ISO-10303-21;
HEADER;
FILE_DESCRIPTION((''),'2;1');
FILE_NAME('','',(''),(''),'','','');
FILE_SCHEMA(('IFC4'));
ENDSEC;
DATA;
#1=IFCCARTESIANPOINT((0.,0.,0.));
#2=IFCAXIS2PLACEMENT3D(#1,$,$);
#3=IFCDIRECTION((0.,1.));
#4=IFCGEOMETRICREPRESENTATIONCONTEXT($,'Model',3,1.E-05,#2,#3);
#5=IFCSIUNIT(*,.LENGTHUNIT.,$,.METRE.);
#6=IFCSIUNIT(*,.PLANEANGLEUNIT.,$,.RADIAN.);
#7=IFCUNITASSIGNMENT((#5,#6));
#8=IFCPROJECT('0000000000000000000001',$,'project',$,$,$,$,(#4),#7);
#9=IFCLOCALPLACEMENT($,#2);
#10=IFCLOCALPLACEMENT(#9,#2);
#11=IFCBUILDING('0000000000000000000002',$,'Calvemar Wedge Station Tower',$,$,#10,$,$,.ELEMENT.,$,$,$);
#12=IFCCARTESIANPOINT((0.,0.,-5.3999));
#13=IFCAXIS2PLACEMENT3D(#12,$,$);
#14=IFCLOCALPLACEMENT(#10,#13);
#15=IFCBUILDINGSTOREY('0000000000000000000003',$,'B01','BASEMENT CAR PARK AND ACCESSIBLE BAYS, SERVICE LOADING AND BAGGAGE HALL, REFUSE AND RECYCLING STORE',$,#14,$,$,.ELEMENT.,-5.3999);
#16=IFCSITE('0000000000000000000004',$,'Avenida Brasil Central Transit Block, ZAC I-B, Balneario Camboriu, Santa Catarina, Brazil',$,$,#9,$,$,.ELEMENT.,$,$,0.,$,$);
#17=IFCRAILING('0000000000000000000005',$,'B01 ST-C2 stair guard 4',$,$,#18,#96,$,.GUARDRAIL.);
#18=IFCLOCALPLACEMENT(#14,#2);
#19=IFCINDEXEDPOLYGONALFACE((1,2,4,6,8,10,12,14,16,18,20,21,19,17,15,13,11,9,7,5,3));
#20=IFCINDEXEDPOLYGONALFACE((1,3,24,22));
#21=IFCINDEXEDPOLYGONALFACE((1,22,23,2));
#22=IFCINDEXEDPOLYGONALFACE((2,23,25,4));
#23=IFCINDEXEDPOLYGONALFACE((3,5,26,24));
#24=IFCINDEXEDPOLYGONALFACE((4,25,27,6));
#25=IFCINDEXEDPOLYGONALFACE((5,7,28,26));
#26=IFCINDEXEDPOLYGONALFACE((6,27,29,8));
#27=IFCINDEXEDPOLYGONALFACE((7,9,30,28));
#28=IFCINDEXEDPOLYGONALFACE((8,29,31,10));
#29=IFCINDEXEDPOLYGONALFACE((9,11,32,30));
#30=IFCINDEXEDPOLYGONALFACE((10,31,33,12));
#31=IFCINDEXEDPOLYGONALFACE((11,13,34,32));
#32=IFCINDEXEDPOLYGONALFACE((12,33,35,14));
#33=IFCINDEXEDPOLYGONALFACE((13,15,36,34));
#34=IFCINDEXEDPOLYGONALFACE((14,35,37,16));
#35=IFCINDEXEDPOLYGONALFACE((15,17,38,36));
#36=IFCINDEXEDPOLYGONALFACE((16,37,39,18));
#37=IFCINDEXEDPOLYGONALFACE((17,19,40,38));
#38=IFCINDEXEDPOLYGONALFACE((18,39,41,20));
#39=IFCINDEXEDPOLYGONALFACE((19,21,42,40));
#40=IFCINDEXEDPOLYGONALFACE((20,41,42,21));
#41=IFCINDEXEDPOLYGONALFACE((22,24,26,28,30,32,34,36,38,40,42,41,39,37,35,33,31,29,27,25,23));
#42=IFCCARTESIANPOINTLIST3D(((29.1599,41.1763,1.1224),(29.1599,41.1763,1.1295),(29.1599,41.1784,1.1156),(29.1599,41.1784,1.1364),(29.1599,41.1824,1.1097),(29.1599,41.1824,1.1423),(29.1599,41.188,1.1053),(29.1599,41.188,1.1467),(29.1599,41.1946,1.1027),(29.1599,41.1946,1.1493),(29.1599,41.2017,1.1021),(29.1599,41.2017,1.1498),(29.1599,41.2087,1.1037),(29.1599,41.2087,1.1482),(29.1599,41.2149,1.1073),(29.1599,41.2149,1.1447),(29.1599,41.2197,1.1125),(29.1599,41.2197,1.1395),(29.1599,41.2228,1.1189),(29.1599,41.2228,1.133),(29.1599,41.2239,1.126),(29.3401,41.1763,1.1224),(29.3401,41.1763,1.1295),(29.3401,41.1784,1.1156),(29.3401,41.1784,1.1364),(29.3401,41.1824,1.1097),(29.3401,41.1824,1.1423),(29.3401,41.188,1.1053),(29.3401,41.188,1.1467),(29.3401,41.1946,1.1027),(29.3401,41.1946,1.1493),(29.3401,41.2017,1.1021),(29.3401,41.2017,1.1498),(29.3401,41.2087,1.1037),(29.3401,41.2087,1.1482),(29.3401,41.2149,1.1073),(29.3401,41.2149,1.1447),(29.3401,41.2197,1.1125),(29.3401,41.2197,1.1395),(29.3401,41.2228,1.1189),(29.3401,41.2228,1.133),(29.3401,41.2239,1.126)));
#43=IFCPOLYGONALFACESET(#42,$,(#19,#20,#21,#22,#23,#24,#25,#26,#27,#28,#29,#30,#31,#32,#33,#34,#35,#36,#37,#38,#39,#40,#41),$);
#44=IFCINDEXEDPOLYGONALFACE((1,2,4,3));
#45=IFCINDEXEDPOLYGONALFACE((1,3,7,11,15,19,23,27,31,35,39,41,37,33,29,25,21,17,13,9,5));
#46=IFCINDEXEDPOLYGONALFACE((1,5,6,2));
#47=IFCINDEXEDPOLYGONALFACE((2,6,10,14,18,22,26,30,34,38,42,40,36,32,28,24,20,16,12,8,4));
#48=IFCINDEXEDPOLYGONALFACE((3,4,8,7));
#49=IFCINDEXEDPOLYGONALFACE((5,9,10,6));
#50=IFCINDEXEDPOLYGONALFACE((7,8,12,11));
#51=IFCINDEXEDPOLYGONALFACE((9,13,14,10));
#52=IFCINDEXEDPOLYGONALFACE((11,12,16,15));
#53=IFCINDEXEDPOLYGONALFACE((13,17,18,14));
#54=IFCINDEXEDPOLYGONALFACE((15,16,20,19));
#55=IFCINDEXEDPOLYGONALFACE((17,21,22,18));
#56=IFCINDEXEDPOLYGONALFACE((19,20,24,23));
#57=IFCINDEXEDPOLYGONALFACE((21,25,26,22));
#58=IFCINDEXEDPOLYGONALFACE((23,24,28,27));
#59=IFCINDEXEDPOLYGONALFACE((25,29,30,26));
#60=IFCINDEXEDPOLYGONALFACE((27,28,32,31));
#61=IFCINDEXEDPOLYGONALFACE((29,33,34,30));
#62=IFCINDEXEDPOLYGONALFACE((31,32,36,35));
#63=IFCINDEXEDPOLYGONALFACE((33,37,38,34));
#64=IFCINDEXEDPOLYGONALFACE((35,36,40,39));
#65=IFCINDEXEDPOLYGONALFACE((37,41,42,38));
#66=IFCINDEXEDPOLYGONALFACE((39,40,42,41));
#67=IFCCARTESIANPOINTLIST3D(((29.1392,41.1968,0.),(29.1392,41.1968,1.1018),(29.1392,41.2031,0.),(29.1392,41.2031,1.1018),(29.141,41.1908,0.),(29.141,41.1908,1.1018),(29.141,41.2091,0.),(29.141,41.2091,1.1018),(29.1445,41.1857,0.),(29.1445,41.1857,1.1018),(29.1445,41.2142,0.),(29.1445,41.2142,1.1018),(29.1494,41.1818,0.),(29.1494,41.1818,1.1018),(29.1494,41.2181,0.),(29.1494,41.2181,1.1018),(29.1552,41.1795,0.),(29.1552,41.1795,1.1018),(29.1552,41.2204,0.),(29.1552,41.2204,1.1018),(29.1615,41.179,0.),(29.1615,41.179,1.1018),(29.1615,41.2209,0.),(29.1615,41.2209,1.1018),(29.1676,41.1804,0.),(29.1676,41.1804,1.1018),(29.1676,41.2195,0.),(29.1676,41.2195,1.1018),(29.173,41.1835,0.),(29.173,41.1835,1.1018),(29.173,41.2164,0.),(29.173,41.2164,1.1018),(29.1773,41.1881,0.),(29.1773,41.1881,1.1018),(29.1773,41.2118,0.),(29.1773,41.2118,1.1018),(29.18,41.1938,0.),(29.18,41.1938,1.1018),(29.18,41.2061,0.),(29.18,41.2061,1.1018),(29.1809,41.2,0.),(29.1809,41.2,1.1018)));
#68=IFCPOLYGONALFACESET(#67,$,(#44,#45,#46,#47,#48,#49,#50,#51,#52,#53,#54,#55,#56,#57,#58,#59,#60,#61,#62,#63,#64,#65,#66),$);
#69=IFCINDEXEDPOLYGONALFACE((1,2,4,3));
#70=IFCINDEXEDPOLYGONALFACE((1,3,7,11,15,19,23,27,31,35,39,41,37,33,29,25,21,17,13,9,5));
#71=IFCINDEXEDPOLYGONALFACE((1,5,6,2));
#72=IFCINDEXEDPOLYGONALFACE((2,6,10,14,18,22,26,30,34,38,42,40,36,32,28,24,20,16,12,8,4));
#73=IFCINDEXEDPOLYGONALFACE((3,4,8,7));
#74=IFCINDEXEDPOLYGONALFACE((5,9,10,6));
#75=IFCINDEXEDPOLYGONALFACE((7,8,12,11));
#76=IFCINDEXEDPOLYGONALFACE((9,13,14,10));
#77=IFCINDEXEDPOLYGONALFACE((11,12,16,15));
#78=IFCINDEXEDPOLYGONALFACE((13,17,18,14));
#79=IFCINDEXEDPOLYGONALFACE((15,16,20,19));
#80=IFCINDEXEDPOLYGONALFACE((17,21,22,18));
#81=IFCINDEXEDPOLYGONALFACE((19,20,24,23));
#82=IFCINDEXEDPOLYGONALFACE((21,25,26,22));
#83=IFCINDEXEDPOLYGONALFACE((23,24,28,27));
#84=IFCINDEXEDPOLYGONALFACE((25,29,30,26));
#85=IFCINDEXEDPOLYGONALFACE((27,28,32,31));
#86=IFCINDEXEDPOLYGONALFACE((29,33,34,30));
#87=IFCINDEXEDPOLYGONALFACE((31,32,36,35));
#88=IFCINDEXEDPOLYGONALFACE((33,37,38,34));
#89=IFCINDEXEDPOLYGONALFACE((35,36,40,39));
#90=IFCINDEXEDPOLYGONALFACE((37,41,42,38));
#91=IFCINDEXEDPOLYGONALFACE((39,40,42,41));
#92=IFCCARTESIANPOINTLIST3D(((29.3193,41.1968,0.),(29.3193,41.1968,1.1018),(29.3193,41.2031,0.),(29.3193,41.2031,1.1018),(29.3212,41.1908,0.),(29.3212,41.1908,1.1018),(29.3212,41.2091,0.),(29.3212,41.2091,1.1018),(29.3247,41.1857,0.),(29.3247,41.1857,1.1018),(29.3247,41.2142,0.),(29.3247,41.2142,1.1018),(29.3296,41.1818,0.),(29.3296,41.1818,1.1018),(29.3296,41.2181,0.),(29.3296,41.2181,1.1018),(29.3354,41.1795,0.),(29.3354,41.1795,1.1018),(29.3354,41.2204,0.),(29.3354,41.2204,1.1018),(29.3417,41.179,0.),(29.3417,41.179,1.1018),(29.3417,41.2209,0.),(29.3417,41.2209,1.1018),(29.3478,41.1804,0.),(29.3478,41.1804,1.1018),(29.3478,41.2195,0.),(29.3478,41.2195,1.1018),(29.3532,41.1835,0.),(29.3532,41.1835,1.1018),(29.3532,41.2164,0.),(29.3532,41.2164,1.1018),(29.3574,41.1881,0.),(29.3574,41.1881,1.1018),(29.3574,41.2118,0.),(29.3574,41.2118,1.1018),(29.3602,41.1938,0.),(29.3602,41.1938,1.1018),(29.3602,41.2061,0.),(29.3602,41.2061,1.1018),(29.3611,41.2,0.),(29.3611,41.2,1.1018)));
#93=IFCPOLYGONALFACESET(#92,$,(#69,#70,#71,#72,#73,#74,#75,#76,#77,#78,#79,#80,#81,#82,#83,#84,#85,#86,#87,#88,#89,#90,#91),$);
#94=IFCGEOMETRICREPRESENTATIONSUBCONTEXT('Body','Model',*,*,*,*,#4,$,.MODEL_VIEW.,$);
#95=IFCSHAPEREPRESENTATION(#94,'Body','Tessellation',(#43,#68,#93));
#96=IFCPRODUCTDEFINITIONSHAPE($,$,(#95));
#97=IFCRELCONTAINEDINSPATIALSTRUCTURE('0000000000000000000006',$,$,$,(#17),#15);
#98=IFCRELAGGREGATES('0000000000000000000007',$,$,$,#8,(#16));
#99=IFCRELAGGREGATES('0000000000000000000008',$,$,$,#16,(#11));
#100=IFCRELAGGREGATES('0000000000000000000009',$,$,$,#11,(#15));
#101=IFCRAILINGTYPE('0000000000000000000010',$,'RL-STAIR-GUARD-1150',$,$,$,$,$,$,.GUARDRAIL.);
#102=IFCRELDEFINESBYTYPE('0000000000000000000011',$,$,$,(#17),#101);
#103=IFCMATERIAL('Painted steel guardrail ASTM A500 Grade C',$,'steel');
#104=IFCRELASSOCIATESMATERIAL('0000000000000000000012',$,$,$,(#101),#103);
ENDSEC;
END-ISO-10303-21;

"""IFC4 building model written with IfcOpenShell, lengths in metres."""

from ifc_helpers import new_model, si_unit, direction, frame, origin, origin_2d, place, context, subcontext, project, spatial, circle, extrude, material, type_object, element, save


model = new_model("IFC4")

# Units and contexts
model_context = context("Model", 3, precision=1e-05, world=origin(), true_north=direction((0.0, 1.0)))
body_context = subcontext(model_context, "Body", "Model", "MODEL_VIEW")
ifc_project = project(units=[si_unit("LENGTHUNIT", "METRE"), si_unit("PLANEANGLEUNIT", "RADIAN")], contexts=[model_context])

# Site, building, storey
site_placement = place(None, origin())
site = spatial("IfcSite", under=ifc_project, at=site_placement, Name="Avenida Brasil Central Transit Block, ZAC I-B, Balneario Camboriu, Santa Catarina, Brazil", CompositionType="ELEMENT", RefElevation=0.0)
building_placement = place(site_placement, origin())
building = spatial("IfcBuilding", under=site, at=building_placement, Name="Calvemar Wedge Station Tower", CompositionType="ELEMENT")
storey_placement = place(building_placement, frame((0.0, 0.0, -5.3999)))
storey = spatial("IfcBuildingStorey", under=building, at=storey_placement, Name="B01", Description="BASEMENT CAR PARK AND ACCESSIBLE BAYS, SERVICE LOADING AND BAGGAGE HALL, REFUSE AND RECYCLING STORE", CompositionType="ELEMENT", Elevation=-5.3999)

# Railing
ifc_material_1 = material(Name="Painted steel guardrail ASTM A500 Grade C", Category="steel")
railing_type_1 = type_object("IfcRailingType", Name="RL-STAIR-GUARD-1150", PredefinedType="GUARDRAIL", material=ifc_material_1)
railing_1_placement = place(storey_placement, frame((29.1599, 41.2, 0.0)))
element("IfcRailing", 1, at=railing_1_placement, inside=storey, type_object=railing_type_1, Name="B01 ST-C2 stair guard 4", PredefinedType="GUARDRAIL", context=body_context, shape_type="SweptSolid", body=[
    extrude(circle(Radius=0.0239, at=origin_2d()), frame((0.0, 0.0, 1.126), z_axis=(1.0, 0.0, 0.0), x_axis=(0.0, 1.0, 0.0)), (0.0, 0.0, 1.0), 0.1802),
    extrude(circle(Radius=0.021, at=origin_2d()), origin(), (0.0, 0.0, 1.0), 1.1018),
    extrude(circle(Radius=0.021, at=origin_2d()), frame((0.1802, 0.0, 0.0)), (0.0, 0.0, 1.0), 1.1018),
])

save(model, "model.ifc")
